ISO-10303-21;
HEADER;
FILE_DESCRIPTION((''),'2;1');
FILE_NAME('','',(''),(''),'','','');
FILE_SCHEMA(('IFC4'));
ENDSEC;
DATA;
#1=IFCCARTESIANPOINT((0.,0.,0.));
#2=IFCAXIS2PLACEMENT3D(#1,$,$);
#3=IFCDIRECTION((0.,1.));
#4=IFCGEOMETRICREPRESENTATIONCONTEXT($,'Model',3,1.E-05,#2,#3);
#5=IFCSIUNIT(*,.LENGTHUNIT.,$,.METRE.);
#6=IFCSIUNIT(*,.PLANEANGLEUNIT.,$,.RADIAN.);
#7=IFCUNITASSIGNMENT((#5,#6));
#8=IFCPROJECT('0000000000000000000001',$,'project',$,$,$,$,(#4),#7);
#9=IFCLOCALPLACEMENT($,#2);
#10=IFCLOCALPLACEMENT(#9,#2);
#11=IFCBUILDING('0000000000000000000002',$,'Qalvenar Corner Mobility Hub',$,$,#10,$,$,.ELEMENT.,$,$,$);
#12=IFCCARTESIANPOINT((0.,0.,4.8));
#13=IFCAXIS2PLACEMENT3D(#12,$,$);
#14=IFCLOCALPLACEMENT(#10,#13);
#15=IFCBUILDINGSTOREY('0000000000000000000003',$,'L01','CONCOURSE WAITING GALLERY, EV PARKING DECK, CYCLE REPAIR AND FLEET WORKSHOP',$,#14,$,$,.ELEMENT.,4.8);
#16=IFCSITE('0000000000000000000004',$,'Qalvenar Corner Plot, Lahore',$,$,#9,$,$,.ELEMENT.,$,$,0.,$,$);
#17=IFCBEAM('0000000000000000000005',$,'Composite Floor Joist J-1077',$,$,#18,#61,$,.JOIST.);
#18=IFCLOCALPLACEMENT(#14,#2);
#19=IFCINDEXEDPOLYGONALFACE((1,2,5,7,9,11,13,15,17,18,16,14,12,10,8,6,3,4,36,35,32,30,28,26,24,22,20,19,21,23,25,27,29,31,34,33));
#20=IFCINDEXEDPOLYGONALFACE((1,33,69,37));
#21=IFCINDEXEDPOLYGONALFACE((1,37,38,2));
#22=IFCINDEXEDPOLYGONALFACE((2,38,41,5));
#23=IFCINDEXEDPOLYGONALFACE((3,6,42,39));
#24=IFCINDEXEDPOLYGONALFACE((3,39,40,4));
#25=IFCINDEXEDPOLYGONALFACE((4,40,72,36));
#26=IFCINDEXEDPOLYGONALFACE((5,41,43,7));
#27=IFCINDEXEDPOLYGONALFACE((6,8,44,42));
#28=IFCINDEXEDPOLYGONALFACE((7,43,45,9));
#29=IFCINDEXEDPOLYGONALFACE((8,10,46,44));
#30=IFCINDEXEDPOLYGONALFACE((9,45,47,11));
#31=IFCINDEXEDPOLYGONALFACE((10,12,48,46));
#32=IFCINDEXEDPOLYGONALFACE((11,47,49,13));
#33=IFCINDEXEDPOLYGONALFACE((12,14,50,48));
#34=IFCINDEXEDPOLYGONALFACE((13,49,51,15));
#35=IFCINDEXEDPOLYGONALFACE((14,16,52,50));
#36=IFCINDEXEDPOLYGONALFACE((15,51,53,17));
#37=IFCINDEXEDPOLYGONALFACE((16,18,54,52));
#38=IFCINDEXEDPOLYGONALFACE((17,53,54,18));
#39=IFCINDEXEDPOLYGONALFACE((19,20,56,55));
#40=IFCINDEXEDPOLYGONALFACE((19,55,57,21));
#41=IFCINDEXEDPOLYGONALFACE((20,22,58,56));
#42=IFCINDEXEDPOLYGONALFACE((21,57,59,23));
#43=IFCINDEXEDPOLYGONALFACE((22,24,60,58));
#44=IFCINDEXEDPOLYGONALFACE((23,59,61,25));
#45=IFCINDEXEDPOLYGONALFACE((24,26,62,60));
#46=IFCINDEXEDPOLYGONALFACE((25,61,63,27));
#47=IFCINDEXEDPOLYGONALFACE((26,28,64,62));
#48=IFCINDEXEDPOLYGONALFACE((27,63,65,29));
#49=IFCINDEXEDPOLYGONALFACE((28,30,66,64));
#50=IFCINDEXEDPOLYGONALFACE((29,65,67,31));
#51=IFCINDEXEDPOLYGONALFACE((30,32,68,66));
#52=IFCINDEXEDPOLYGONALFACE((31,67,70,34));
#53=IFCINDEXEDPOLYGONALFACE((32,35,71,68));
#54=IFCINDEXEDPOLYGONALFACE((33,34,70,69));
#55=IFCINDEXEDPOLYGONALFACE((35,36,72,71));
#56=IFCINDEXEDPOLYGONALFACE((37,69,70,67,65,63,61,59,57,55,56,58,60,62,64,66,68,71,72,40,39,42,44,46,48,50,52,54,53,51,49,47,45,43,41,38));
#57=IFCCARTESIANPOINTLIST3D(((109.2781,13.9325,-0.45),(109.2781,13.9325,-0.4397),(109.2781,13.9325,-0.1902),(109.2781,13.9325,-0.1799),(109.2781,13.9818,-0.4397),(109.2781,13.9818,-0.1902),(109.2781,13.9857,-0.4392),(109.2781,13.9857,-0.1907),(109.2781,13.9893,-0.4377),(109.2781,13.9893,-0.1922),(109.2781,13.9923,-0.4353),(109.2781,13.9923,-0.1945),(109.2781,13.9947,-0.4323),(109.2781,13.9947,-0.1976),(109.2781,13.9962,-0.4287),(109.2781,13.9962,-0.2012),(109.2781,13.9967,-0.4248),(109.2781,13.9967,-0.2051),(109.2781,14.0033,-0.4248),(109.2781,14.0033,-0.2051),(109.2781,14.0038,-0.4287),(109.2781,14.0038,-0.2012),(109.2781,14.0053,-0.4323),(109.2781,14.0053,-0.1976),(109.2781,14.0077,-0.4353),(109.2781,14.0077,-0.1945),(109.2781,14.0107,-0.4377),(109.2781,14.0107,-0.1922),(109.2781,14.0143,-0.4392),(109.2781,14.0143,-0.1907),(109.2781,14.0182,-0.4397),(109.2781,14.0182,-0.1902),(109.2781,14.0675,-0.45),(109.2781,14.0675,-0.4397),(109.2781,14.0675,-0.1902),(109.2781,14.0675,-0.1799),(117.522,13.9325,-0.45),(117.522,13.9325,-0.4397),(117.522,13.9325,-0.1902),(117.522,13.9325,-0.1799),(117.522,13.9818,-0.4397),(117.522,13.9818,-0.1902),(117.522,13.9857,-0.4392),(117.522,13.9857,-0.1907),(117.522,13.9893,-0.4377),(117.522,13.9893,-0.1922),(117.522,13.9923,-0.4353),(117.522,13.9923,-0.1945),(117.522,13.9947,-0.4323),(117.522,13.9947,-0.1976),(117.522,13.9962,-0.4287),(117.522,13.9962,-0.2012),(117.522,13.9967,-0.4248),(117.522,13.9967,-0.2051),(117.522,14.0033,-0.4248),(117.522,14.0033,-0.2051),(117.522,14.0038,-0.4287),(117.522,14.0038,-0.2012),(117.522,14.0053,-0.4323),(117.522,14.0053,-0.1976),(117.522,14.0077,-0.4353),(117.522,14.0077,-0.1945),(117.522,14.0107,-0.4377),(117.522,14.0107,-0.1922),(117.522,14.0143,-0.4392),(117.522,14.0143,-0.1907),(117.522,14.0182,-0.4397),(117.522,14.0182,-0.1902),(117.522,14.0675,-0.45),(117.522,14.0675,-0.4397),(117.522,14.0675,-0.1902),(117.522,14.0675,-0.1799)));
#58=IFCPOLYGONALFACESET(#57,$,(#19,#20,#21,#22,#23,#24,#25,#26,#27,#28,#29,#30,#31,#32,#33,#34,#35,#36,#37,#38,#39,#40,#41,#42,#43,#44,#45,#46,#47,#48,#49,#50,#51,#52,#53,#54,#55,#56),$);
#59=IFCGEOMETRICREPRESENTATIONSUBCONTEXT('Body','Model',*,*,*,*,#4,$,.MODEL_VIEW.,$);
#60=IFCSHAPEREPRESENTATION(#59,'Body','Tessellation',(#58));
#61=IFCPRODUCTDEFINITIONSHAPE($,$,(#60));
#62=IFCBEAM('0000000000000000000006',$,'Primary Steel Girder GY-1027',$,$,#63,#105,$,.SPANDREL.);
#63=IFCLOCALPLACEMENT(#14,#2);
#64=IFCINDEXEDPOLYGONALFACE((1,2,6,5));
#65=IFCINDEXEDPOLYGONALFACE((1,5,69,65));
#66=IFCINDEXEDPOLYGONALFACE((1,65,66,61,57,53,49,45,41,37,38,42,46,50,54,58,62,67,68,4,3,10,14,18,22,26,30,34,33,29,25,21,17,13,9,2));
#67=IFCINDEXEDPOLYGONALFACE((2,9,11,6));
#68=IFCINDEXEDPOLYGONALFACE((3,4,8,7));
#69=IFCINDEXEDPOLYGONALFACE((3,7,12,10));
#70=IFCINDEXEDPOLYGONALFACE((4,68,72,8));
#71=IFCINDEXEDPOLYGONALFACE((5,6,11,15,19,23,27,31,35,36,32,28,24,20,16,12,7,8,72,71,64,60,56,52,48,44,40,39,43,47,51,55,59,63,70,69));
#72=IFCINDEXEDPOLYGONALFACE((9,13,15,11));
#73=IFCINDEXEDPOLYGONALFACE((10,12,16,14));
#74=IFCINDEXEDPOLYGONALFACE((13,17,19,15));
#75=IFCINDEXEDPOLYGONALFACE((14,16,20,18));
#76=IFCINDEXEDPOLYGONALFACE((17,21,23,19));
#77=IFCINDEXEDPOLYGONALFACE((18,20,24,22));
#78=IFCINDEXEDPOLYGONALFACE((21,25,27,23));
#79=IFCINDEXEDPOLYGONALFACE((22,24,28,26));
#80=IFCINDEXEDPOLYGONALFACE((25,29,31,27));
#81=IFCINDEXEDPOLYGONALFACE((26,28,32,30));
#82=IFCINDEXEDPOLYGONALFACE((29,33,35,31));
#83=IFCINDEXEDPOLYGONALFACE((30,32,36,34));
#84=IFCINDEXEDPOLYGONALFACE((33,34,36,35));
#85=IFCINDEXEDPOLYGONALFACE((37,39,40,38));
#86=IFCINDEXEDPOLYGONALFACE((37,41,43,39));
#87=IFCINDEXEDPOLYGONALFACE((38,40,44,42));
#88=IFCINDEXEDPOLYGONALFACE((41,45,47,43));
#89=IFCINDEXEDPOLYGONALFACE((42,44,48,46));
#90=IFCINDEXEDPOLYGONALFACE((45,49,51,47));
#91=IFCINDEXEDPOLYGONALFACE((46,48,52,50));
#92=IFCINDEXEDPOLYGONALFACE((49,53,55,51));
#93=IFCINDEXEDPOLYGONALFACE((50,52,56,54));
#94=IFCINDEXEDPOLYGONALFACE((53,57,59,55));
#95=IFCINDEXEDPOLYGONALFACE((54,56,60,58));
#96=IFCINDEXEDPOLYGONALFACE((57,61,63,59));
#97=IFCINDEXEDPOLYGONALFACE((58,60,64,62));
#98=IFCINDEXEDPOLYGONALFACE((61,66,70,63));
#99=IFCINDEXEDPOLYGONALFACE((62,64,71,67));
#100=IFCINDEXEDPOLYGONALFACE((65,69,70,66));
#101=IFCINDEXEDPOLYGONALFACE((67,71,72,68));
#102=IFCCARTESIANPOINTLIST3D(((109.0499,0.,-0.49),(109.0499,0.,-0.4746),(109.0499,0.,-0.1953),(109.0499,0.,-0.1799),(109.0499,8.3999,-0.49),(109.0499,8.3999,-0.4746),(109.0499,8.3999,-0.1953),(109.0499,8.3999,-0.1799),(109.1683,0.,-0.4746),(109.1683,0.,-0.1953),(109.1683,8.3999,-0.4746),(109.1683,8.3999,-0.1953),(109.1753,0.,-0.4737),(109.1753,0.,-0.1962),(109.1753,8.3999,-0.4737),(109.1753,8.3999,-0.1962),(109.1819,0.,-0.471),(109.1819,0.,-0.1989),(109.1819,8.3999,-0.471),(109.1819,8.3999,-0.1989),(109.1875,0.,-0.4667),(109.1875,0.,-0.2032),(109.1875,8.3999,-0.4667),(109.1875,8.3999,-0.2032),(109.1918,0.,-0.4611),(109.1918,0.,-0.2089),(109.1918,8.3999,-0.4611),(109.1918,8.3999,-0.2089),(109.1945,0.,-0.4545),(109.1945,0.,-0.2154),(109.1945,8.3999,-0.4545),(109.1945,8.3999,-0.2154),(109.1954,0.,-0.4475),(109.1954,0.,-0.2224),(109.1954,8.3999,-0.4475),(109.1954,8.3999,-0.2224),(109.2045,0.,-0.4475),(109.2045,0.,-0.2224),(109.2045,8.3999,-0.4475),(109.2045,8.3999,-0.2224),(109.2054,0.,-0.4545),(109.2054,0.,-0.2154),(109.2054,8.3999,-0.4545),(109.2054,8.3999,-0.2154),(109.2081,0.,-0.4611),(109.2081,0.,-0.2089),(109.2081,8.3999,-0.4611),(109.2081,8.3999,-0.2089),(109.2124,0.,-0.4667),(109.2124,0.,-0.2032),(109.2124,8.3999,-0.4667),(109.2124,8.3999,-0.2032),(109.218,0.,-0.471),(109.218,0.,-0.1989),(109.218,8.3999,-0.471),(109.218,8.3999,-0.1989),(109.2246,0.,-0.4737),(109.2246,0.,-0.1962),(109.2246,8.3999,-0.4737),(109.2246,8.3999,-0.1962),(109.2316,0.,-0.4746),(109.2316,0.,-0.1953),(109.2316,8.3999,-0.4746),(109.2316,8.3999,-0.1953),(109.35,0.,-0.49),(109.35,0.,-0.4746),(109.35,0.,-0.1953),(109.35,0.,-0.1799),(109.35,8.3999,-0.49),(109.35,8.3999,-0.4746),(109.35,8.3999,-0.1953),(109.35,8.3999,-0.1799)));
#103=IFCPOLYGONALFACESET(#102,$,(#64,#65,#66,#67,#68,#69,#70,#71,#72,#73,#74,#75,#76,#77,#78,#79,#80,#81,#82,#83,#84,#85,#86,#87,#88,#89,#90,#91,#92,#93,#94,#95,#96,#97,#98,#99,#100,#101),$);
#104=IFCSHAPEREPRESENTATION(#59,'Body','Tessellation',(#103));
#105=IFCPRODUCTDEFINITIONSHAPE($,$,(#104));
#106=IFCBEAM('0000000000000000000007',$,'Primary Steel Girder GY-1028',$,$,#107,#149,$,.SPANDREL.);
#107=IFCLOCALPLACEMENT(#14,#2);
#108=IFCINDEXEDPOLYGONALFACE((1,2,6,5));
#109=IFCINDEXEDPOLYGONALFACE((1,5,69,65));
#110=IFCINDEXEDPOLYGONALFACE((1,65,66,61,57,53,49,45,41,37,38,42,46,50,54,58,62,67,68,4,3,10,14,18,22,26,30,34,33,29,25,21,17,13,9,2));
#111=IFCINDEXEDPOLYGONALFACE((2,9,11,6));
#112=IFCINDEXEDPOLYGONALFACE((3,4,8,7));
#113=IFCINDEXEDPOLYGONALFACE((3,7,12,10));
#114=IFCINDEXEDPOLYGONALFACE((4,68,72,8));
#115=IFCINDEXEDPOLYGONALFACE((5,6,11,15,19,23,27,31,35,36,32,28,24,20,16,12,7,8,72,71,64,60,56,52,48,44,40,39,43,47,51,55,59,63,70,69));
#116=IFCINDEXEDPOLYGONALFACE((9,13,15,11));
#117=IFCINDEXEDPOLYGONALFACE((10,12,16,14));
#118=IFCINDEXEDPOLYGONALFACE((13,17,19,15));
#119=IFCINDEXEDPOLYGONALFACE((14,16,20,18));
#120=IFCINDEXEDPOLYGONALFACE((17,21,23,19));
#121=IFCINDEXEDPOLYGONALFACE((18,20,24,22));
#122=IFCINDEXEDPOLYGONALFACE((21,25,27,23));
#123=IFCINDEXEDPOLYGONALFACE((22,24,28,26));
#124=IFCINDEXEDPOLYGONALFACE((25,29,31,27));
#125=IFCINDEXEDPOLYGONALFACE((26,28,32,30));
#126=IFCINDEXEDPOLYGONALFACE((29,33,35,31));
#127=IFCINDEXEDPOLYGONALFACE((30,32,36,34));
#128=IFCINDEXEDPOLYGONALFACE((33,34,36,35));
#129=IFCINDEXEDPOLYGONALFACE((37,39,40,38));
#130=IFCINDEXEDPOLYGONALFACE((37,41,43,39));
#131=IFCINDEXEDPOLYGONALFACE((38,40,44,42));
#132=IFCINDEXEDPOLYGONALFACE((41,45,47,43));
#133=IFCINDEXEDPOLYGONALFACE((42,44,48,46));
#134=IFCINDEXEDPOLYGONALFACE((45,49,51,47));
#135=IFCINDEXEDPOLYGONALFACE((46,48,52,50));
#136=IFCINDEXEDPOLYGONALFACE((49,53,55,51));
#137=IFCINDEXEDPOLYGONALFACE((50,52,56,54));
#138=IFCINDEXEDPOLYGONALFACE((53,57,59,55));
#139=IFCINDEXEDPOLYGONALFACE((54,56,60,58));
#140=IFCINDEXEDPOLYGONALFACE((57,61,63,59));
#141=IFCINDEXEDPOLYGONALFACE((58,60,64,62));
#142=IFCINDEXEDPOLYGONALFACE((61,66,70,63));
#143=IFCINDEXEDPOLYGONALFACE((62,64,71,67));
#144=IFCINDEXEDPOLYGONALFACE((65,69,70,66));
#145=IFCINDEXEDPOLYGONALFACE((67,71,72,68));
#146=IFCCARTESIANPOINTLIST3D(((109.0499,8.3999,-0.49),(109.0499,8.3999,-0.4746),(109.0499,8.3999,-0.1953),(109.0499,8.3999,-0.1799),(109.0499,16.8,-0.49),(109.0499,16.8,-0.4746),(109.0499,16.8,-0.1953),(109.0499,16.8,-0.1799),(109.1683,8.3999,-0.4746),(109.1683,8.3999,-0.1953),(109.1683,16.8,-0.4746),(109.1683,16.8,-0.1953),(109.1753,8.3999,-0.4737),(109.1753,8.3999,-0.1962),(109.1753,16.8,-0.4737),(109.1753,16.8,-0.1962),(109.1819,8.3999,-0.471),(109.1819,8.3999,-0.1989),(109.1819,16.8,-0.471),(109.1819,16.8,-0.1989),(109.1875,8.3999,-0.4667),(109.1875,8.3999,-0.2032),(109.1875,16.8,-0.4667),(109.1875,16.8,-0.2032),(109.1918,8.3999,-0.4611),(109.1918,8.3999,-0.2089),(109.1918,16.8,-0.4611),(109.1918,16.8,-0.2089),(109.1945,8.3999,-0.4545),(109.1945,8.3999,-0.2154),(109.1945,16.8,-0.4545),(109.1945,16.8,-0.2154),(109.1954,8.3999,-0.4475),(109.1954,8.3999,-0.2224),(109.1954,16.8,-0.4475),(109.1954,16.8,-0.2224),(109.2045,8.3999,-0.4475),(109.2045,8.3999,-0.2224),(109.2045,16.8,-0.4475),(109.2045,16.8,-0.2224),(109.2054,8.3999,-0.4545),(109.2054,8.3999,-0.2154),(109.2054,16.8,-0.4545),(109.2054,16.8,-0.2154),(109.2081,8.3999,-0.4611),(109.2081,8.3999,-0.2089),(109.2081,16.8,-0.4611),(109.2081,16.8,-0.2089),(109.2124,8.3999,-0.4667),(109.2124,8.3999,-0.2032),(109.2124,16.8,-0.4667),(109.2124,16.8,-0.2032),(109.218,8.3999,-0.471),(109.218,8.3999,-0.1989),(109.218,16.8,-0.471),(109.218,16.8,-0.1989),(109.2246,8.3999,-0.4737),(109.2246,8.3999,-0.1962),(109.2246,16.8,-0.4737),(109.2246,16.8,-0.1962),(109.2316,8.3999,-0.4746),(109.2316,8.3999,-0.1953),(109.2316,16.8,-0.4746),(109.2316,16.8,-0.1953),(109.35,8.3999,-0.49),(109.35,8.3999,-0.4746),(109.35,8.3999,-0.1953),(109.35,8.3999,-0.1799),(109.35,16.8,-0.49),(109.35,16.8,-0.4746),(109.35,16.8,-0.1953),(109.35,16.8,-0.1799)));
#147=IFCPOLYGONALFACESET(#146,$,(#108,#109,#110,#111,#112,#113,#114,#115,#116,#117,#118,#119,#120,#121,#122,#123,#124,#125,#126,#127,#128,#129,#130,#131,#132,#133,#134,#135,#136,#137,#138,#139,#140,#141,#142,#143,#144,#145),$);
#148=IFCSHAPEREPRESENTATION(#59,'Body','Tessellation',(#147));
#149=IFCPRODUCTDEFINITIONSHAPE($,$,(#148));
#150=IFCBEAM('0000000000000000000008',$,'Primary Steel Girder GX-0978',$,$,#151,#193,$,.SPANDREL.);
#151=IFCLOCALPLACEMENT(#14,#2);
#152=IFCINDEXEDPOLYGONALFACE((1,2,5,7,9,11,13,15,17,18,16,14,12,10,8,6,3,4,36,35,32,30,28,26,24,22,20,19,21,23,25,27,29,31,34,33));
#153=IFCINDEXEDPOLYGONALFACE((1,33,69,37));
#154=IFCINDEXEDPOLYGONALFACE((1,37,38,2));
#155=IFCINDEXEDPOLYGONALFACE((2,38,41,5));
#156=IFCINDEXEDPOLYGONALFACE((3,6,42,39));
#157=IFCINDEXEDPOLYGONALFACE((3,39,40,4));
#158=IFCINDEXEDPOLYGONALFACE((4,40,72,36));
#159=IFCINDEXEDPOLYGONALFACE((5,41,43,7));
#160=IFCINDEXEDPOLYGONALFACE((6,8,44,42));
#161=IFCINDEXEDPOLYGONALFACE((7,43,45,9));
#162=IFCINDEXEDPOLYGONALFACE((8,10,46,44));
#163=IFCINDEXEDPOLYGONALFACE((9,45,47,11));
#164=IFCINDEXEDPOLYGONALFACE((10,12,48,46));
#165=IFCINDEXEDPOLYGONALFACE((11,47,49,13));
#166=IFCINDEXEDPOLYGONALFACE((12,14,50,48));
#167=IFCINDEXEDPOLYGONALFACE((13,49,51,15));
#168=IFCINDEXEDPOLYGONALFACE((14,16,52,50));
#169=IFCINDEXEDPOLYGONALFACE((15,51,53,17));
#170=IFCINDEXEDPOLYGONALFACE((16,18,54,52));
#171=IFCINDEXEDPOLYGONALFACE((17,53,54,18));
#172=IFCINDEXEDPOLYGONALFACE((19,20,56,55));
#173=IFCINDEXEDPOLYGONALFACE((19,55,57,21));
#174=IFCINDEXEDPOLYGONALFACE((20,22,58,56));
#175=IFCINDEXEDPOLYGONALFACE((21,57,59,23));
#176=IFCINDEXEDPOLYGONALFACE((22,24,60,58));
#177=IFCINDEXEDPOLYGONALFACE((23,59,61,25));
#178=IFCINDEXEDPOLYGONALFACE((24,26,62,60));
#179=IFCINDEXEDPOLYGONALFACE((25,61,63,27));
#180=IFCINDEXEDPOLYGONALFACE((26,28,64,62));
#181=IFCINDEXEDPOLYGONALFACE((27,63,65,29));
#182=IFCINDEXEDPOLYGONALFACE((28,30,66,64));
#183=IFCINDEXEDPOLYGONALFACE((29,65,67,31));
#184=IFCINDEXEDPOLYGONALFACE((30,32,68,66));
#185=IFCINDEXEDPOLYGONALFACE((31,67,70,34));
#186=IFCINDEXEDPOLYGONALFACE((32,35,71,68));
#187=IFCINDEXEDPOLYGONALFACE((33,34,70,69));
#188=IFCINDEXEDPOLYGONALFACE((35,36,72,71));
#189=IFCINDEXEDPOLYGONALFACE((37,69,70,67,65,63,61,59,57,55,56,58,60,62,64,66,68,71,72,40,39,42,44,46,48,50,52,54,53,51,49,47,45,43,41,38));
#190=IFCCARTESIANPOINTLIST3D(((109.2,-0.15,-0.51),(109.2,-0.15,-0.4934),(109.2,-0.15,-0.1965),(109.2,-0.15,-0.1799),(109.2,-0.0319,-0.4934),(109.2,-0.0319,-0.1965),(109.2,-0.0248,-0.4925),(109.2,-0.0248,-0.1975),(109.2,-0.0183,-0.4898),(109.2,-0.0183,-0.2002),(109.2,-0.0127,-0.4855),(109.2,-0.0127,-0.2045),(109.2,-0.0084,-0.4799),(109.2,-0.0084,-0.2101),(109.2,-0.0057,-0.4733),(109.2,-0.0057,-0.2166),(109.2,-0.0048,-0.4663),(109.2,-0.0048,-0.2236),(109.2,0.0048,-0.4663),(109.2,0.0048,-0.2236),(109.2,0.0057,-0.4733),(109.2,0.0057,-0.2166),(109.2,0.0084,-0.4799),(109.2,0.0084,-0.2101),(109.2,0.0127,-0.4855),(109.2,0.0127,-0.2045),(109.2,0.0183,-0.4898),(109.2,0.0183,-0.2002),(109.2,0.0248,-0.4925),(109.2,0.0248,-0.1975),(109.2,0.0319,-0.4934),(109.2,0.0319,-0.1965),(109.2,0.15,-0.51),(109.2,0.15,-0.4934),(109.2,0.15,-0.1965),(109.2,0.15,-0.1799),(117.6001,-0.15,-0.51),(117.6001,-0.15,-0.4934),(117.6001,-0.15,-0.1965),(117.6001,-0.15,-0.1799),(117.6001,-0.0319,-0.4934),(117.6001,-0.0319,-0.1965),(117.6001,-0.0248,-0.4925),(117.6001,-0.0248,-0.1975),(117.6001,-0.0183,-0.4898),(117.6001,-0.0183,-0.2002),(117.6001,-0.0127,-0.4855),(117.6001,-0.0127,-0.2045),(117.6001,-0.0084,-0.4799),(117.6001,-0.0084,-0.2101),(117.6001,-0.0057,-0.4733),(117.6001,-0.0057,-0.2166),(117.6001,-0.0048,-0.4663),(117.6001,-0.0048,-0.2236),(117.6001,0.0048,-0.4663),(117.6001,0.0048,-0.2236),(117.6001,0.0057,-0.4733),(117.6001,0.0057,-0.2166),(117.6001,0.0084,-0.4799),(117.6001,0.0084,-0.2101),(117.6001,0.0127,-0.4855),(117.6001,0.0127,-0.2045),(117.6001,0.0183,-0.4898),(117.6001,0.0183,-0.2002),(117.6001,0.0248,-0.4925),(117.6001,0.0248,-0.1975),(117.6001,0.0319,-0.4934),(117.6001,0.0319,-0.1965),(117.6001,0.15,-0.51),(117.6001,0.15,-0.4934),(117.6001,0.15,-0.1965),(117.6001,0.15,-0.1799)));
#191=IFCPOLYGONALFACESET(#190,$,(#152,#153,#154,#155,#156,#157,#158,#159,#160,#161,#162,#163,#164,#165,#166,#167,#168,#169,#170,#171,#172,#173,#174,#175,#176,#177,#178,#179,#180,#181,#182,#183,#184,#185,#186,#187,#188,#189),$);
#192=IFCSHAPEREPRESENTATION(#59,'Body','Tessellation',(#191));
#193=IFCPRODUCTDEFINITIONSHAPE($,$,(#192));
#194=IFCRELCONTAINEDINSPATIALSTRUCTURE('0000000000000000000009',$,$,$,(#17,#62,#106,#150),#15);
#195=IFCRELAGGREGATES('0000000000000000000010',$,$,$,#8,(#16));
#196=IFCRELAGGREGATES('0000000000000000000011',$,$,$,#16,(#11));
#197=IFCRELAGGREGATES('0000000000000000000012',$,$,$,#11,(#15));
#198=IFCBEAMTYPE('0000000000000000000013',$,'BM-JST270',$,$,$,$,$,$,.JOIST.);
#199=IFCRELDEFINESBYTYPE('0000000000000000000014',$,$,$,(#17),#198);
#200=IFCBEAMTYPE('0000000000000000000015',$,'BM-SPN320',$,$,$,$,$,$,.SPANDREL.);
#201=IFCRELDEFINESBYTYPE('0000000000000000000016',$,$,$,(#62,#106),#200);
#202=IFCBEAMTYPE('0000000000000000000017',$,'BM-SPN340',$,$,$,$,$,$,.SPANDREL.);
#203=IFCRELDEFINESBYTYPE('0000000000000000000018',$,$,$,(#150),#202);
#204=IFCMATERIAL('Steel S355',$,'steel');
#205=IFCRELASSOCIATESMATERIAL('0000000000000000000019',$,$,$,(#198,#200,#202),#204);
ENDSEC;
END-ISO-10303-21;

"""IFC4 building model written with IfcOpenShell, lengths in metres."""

from ifc_helpers import new_model, si_unit, direction, frame, origin, origin_2d, place, context, subcontext, project, spatial, i_section, extrude, material, material_profile, profile_set, type_object, element, save


model = new_model("IFC4")

# Units and contexts
model_context = context("Model", 3, precision=1e-05, world=origin(), true_north=direction((0.0, 1.0)))
body_context = subcontext(model_context, "Body", "Model", "MODEL_VIEW")
ifc_project = project(units=[si_unit("LENGTHUNIT", "METRE"), si_unit("PLANEANGLEUNIT", "RADIAN")], contexts=[model_context])

# Site, building, storey
site_placement = place(None, origin())
site = spatial("IfcSite", under=ifc_project, at=site_placement, Name="Qalvenar Corner Plot, Lahore", CompositionType="ELEMENT", RefElevation=0.0)
building_placement = place(site_placement, origin())
building = spatial("IfcBuilding", under=site, at=building_placement, Name="Qalvenar Corner Mobility Hub", CompositionType="ELEMENT")
storey_placement = place(building_placement, frame((0.0, 0.0, 4.8)))
storey = spatial("IfcBuildingStorey", under=building, at=storey_placement, Name="L01", Description="CONCOURSE WAITING GALLERY, EV PARKING DECK, CYCLE REPAIR AND FLEET WORKSHOP", CompositionType="ELEMENT", Elevation=4.8)

# Shared definitions
ifc_material_1 = material(Name="Steel S355", Category="steel")

# Beams
ifc_material_profile_1 = material_profile(ifc_material_1, i_section(OverallWidth=0.135, OverallDepth=0.27, WebThickness=0.0066, FlangeThickness=0.0103, FilletRadius=0.0149, at=origin_2d()), Name="IPE270")
ifc_profile_set_1 = profile_set([ifc_material_profile_1], Name="Steel S355")
beam_type_1 = type_object("IfcBeamType", Name="BM-JST270", PredefinedType="JOIST", material=ifc_profile_set_1)
for number, where, z_axis, x_axis, name in (
    (1, (109.2781, 14.0, -0.3149), (1.0, 0.0, 0.0), (0.0, 1.0, 0.0), "Composite Floor Joist J-1077"),
):
    element("IfcBeam", number, at=place(storey_placement, frame(where, z_axis=z_axis, x_axis=x_axis)), inside=storey, type_object=beam_type_1, Name=name, PredefinedType="JOIST", context=body_context, shape_type="SweptSolid", body=[
        extrude(i_section(OverallWidth=0.135, OverallDepth=0.27, WebThickness=0.0066, FlangeThickness=0.0103, FilletRadius=0.0149, at=origin_2d()), origin(), (0.0, 0.0, 1.0), 8.2439),
    ])
ifc_material_profile_2 = material_profile(ifc_material_1, i_section(OverallWidth=0.3, OverallDepth=0.3101, WebThickness=0.009, FlangeThickness=0.0154, FilletRadius=0.0271, at=origin_2d()), Name="HEA320")
ifc_profile_set_2 = profile_set([ifc_material_profile_2], Name="Steel S355")
beam_type_2 = type_object("IfcBeamType", Name="BM-SPN320", PredefinedType="SPANDREL", material=ifc_profile_set_2)
beam_1_placement = place(storey_placement, frame((109.2, 0.0, -0.335), z_axis=(0.0, 1.0, 0.0), x_axis=(-1.0, 0.0, 0.0)))
element("IfcBeam", 2, at=beam_1_placement, inside=storey, type_object=beam_type_2, Name="Primary Steel Girder GY-1027", PredefinedType="SPANDREL", context=body_context, shape_type="SweptSolid", body=[
    extrude(i_section(OverallWidth=0.3, OverallDepth=0.3101, WebThickness=0.009, FlangeThickness=0.0154, FilletRadius=0.0271, at=origin_2d()), origin(), (0.0, 0.0, 1.0), 8.3999),
])
beam_2_placement = place(storey_placement, frame((109.2, 8.3999, -0.335), z_axis=(0.0, 1.0, 0.0), x_axis=(-1.0, 0.0, 0.0)))
element("IfcBeam", 3, at=beam_2_placement, inside=storey, type_object=beam_type_2, Name="Primary Steel Girder GY-1028", PredefinedType="SPANDREL", context=body_context, shape_type="SweptSolid", body=[
    extrude(i_section(OverallWidth=0.3, OverallDepth=0.3101, WebThickness=0.009, FlangeThickness=0.0154, FilletRadius=0.0271, at=origin_2d()), origin(), (0.0, 0.0, 1.0), 8.4001),
])
ifc_material_profile_3 = material_profile(ifc_material_1, i_section(OverallWidth=0.3, OverallDepth=0.3301, WebThickness=0.0095, FlangeThickness=0.0166, FilletRadius=0.0271, at=origin_2d()), Name="HEA340")
ifc_profile_set_3 = profile_set([ifc_material_profile_3], Name="Steel S355")
beam_type_3 = type_object("IfcBeamType", Name="BM-SPN340", PredefinedType="SPANDREL", material=ifc_profile_set_3)
beam_3_placement = place(storey_placement, frame((109.2, 0.0, -0.345), z_axis=(1.0, 0.0, 0.0), x_axis=(0.0, 1.0, 0.0)))
element("IfcBeam", 4, at=beam_3_placement, inside=storey, type_object=beam_type_3, Name="Primary Steel Girder GX-0978", PredefinedType="SPANDREL", context=body_context, shape_type="SweptSolid", body=[
    extrude(i_section(OverallWidth=0.3, OverallDepth=0.3301, WebThickness=0.0095, FlangeThickness=0.0166, FilletRadius=0.0271, at=origin_2d()), origin(), (0.0, 0.0, 1.0), 8.4001),
])

save(model, "model.ifc")
